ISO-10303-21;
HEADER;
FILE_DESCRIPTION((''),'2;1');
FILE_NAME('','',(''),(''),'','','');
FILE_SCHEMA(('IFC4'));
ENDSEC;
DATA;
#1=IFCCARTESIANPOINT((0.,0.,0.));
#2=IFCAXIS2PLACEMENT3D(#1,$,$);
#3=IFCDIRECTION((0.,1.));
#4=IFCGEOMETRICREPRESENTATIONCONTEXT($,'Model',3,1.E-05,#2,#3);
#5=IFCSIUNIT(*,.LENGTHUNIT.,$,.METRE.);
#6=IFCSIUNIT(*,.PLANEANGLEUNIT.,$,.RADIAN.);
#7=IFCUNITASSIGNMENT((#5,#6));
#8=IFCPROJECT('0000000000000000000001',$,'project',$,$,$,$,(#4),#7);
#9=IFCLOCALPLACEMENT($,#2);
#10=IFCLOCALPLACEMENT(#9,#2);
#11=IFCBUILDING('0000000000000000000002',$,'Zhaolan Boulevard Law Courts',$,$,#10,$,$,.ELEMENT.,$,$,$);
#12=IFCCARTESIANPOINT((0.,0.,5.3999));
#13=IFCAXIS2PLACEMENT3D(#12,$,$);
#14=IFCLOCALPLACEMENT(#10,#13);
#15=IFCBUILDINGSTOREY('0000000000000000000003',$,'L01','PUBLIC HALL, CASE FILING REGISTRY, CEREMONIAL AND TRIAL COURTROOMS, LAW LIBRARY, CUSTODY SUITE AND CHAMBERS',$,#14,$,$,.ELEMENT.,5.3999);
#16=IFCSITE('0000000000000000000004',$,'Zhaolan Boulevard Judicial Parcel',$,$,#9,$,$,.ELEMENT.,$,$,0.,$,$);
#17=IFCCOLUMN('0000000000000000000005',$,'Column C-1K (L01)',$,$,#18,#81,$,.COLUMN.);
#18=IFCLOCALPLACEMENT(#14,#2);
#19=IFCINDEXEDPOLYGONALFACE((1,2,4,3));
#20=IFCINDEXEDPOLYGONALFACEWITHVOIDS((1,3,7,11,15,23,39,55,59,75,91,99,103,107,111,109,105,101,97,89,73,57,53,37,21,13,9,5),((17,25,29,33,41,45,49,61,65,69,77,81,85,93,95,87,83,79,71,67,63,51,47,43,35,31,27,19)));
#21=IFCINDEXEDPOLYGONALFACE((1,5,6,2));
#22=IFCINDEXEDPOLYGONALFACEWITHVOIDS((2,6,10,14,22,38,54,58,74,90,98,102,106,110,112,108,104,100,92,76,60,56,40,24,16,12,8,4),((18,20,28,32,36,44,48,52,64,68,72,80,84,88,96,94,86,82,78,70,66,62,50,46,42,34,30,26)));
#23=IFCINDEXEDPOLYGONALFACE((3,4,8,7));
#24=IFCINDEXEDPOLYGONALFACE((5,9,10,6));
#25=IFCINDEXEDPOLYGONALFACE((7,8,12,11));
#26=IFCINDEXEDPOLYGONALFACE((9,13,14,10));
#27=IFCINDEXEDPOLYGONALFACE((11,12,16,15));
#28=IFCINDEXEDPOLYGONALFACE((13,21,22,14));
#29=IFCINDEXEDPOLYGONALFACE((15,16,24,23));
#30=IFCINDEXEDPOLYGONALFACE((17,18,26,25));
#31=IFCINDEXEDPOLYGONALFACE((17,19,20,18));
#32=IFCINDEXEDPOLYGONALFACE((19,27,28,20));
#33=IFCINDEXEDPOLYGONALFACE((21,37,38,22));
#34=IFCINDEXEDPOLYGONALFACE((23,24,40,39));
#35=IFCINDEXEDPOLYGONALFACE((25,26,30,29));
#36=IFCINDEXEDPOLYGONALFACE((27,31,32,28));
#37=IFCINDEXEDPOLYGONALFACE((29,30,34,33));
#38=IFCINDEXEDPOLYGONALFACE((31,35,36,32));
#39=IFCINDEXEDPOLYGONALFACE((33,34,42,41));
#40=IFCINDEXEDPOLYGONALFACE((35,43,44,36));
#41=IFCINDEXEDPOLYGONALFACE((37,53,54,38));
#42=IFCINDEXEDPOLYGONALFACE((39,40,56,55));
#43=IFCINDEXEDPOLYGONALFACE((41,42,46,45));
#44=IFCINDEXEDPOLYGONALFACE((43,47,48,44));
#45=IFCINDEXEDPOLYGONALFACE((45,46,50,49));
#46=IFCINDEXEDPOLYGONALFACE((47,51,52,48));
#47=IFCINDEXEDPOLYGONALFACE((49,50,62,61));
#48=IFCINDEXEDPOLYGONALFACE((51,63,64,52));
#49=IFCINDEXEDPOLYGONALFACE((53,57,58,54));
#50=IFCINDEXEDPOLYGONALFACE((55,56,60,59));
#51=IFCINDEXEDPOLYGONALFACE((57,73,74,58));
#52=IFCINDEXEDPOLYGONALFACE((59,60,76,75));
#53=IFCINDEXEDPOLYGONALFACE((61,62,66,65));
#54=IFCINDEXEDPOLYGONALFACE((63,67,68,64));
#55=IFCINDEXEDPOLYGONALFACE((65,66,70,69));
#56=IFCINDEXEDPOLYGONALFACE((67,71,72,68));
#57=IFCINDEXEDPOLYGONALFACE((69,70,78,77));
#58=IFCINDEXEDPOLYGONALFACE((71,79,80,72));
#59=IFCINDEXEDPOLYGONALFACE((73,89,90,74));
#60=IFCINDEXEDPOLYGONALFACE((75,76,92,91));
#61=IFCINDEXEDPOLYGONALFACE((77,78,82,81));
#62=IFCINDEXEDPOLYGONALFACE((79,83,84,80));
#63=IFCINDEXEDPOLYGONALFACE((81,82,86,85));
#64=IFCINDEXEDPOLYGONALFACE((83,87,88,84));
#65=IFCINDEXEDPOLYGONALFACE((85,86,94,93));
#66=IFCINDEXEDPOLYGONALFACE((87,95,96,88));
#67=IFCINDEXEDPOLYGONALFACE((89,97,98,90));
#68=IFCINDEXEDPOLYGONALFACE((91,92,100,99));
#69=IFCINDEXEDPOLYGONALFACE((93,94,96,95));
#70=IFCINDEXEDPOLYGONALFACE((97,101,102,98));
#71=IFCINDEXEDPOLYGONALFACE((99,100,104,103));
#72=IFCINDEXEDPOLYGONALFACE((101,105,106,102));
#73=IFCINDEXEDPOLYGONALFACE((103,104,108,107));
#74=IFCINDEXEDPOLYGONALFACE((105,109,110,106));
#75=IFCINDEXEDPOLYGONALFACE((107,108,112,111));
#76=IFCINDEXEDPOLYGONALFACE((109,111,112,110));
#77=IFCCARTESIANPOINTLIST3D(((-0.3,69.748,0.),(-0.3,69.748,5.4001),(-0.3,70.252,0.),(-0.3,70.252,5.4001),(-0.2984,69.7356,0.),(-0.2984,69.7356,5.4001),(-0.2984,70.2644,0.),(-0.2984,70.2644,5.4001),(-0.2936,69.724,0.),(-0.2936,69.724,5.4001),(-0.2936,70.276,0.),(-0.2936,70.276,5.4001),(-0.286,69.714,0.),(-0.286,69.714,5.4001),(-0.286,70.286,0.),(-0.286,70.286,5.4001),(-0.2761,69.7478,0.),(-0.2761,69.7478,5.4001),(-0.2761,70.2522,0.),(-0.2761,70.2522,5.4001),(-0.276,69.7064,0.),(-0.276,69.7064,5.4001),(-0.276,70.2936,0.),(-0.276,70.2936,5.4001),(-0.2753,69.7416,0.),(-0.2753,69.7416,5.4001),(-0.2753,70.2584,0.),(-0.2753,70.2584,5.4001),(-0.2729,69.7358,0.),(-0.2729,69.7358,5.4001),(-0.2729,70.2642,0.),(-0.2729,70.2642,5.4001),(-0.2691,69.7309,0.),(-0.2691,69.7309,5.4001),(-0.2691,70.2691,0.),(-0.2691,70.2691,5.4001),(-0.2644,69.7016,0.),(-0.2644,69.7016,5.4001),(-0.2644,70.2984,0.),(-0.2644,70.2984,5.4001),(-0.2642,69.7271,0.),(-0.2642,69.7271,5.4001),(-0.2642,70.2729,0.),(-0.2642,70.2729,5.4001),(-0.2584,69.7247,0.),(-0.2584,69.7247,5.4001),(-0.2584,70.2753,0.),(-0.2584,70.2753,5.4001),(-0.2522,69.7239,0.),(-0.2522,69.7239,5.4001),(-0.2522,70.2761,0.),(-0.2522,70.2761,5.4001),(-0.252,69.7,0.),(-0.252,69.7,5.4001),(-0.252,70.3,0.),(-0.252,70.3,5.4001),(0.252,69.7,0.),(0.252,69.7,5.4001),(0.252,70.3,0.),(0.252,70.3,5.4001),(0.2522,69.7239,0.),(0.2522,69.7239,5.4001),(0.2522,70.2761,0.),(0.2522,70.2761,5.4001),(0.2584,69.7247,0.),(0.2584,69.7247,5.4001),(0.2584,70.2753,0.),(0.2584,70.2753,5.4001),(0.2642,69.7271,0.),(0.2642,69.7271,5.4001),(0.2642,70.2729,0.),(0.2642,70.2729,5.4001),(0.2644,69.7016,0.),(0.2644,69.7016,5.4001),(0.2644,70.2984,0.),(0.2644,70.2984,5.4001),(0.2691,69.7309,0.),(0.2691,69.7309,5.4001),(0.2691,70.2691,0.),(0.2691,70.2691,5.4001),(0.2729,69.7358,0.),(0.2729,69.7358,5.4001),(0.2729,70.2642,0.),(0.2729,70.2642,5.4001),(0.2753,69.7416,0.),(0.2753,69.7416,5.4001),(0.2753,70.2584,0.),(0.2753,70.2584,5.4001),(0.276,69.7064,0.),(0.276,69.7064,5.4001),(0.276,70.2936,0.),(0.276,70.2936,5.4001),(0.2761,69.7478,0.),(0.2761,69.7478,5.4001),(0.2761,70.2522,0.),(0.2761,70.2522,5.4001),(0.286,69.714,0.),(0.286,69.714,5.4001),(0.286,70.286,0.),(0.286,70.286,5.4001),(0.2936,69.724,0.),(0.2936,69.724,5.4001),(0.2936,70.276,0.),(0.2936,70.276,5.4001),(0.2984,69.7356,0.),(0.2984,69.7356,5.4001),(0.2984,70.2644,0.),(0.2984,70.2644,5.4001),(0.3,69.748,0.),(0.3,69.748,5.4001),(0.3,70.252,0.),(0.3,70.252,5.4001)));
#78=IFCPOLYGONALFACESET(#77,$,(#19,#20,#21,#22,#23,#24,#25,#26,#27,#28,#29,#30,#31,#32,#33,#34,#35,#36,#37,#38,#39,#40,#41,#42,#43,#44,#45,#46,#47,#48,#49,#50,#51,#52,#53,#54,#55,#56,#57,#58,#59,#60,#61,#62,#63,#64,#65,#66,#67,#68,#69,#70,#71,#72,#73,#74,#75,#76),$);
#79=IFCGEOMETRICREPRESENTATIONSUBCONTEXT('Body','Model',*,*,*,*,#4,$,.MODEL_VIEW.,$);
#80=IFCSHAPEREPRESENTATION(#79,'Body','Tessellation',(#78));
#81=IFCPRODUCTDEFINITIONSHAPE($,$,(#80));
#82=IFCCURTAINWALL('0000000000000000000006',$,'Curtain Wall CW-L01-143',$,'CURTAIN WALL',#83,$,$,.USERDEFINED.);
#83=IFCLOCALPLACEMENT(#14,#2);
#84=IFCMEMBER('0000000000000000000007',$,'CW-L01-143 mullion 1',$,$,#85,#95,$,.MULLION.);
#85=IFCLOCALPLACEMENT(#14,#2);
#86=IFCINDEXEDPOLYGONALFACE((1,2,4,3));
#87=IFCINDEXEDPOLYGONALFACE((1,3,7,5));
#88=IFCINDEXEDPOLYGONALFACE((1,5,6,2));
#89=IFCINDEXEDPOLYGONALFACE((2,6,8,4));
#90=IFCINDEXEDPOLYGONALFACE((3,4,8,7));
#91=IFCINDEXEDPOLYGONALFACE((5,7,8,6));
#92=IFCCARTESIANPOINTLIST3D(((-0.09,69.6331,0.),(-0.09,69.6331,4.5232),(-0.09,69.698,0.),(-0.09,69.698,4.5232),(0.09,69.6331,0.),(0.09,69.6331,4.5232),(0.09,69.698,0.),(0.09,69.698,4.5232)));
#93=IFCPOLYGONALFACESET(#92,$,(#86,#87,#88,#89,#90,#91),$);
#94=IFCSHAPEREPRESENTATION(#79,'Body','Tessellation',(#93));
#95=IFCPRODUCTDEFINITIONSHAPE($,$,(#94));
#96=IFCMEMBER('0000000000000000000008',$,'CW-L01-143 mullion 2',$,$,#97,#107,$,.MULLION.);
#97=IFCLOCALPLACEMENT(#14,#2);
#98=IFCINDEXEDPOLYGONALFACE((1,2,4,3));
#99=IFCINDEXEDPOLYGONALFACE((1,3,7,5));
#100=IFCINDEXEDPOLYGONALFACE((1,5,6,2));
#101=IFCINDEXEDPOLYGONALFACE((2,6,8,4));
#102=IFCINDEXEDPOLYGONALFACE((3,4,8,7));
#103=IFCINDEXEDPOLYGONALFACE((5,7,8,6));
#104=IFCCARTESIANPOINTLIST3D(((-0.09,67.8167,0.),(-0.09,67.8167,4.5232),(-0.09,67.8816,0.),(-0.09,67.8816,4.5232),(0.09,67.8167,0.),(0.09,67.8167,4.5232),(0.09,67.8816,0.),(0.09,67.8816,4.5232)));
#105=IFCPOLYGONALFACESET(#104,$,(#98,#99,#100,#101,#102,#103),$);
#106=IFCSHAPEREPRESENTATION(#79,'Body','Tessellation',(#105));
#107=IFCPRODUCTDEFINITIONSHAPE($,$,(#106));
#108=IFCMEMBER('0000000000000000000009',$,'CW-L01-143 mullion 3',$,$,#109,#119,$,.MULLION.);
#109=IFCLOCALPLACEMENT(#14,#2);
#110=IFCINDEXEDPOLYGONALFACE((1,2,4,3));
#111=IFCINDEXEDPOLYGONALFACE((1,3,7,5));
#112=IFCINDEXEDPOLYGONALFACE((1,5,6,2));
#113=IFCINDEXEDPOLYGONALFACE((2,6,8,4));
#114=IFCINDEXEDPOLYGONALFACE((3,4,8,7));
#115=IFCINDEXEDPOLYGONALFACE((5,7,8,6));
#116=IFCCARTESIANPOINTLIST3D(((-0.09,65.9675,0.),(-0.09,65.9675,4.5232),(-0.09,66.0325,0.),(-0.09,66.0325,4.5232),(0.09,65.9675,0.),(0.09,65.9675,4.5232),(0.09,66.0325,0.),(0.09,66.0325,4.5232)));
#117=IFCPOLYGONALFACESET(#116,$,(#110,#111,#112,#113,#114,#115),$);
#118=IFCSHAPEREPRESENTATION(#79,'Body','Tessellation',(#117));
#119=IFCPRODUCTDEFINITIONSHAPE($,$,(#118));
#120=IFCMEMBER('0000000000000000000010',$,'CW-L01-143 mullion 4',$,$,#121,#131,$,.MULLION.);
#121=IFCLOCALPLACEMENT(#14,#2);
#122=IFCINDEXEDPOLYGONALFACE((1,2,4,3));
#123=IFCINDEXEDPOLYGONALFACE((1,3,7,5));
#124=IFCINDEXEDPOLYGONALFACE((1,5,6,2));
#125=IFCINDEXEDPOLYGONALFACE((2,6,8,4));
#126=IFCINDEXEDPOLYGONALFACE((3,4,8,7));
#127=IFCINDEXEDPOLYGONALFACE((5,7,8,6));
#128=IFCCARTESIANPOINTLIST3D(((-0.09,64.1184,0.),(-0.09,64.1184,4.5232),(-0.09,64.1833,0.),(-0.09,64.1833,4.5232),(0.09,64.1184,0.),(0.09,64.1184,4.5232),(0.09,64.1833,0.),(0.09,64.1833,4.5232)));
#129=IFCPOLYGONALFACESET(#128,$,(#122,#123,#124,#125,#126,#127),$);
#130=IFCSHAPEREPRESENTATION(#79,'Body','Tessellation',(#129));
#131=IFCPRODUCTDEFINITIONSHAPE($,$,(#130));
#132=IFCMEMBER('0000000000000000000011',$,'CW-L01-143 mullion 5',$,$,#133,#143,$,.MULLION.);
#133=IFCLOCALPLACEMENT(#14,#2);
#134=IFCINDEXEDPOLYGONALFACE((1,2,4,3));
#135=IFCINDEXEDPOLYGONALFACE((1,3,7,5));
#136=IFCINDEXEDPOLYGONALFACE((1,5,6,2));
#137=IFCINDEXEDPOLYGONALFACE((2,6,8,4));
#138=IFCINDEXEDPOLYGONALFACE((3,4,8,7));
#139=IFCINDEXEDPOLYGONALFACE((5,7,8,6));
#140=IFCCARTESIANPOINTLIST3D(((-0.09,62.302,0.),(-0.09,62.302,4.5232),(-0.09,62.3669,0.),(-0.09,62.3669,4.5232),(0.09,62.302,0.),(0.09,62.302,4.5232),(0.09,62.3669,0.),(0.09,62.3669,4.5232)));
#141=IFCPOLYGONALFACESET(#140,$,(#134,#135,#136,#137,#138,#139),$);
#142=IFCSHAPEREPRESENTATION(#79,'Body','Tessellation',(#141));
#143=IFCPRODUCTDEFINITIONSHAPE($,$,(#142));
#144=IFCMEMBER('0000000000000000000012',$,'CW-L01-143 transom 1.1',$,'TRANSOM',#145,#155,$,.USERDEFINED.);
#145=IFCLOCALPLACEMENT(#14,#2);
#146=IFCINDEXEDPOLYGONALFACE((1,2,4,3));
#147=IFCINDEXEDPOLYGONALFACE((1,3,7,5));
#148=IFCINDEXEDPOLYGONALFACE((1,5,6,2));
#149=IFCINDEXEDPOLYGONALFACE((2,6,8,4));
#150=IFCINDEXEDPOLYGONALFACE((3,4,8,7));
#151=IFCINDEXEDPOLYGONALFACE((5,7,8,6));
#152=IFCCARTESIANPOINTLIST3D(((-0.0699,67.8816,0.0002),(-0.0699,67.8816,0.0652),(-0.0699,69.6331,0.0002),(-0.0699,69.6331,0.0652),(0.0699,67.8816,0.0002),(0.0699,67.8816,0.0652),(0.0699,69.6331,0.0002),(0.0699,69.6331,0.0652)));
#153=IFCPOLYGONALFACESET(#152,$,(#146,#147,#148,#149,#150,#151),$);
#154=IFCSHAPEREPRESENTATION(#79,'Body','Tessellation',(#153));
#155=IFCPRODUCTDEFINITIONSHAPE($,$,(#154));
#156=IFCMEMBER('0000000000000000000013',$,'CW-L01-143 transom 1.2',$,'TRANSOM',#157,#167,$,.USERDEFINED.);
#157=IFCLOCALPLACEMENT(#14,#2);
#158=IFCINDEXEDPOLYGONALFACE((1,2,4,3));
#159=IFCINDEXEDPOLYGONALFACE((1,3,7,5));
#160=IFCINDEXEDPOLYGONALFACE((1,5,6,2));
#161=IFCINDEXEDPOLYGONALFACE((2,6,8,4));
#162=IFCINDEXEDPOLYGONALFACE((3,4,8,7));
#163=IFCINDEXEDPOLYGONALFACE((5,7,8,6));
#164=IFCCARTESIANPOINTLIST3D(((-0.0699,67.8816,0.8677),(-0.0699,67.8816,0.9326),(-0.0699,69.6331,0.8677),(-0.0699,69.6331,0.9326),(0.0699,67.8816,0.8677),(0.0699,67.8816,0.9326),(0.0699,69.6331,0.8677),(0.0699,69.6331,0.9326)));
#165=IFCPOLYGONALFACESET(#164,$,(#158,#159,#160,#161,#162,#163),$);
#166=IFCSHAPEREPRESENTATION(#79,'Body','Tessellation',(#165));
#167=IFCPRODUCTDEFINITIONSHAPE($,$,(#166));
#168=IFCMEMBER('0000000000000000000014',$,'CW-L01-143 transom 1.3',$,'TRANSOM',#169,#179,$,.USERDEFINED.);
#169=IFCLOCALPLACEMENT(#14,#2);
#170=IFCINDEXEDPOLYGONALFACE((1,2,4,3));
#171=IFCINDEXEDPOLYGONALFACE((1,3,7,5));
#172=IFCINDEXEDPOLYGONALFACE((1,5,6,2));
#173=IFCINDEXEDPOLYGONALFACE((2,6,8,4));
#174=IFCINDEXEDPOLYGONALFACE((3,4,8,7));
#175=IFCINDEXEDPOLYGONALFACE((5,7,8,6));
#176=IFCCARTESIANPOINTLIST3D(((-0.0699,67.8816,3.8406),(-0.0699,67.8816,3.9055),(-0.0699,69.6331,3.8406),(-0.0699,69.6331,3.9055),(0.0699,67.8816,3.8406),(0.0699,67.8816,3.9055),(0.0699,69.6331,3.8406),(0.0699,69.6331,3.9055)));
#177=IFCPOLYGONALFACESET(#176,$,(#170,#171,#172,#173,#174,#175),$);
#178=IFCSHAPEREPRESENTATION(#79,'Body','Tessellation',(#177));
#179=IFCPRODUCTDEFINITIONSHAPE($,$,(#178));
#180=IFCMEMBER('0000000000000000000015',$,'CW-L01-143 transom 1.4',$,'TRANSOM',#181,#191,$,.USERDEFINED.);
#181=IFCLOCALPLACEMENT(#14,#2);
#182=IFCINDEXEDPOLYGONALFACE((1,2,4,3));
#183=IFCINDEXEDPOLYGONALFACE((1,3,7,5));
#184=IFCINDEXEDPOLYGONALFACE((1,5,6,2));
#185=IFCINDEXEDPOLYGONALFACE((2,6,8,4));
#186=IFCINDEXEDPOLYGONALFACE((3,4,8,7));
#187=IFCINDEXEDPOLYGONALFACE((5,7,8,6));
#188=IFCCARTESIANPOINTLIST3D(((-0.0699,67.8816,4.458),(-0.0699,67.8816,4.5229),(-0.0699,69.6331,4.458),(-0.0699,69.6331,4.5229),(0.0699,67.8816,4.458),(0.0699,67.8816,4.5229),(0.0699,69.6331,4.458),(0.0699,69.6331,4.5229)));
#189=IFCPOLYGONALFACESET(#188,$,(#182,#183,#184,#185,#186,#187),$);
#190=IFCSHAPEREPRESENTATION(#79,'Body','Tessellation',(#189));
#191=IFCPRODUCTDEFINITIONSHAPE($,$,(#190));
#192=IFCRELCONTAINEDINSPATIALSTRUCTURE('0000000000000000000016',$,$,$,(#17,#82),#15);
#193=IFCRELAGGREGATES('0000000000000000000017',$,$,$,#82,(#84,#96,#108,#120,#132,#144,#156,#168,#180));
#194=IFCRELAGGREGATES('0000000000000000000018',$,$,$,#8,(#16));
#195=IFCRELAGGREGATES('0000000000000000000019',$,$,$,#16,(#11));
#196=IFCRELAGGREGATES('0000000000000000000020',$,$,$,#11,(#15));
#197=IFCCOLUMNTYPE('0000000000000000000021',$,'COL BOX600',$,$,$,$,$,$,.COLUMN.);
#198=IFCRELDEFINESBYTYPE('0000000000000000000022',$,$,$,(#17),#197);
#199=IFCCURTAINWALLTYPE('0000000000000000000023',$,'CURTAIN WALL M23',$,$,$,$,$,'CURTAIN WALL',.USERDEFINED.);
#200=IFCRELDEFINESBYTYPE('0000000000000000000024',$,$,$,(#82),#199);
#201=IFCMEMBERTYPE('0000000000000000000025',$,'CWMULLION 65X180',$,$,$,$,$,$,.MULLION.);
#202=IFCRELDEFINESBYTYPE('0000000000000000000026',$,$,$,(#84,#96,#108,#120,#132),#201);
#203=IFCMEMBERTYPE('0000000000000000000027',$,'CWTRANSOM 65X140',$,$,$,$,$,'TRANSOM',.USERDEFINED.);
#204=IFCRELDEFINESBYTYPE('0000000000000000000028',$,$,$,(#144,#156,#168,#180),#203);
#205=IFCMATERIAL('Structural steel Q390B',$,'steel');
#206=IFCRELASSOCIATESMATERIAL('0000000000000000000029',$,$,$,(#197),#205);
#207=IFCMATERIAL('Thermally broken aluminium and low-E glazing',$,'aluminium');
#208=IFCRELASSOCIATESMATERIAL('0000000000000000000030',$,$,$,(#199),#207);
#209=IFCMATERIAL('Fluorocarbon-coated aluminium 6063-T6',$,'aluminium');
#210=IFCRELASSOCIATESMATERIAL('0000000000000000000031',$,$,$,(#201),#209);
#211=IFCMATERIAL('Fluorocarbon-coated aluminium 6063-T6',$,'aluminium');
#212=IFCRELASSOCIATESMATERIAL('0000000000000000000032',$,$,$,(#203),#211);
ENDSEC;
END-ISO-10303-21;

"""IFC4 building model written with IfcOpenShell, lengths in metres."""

from ifc_helpers import new_model, si_unit, direction, frame, origin, origin_2d, place, context, subcontext, project, spatial, rectangle, hollow_rectangle, extrude, material, material_profile, profile_set, type_object, element, aggregate, save


model = new_model("IFC4")

# Units and contexts
model_context = context("Model", 3, precision=1e-05, world=origin(), true_north=direction((0.0, 1.0)))
body_context = subcontext(model_context, "Body", "Model", "MODEL_VIEW")
ifc_project = project(units=[si_unit("LENGTHUNIT", "METRE"), si_unit("PLANEANGLEUNIT", "RADIAN")], contexts=[model_context])

# Site, building, storey
site_placement = place(None, origin())
site = spatial("IfcSite", under=ifc_project, at=site_placement, Name="Zhaolan Boulevard Judicial Parcel", CompositionType="ELEMENT", RefElevation=0.0)
building_placement = place(site_placement, origin())
building = spatial("IfcBuilding", under=site, at=building_placement, Name="Zhaolan Boulevard Law Courts", CompositionType="ELEMENT")
storey_placement = place(building_placement, frame((0.0, 0.0, 5.3999)))
storey = spatial("IfcBuildingStorey", under=building, at=storey_placement, Name="L01", Description="PUBLIC HALL, CASE FILING REGISTRY, CEREMONIAL AND TRIAL COURTROOMS, LAW LIBRARY, CUSTODY SUITE AND CHAMBERS", CompositionType="ELEMENT", Elevation=5.3999)

# Column
ifc_material_1 = material(Name="Structural steel Q390B", Category="steel")
ifc_material_profile_1 = material_profile(ifc_material_1, hollow_rectangle(XDim=0.6001, YDim=0.6001, WallThickness=0.0239, InnerFilletRadius=0.0239, OuterFilletRadius=0.0481, at=origin_2d()), Name="BOX600x600x24")
ifc_profile_set_1 = profile_set([ifc_material_profile_1], Name="Structural steel Q390B")
column_type = type_object("IfcColumnType", Name="COL BOX600", PredefinedType="COLUMN", material=ifc_profile_set_1)
column_placement = place(storey_placement, frame((0.0, 70.0, 0.0), z_axis=(0.0, 0.0, 1.0), x_axis=(1.0, 0.0, 0.0)))
element("IfcColumn", 1, at=column_placement, inside=storey, type_object=column_type, Name="Column C-1K (L01)", PredefinedType="COLUMN", context=body_context, shape_type="SweptSolid", body=[
    extrude(hollow_rectangle(XDim=0.6001, YDim=0.6001, WallThickness=0.0239, InnerFilletRadius=0.0239, OuterFilletRadius=0.0481, at=origin_2d()), origin(), (0.0, 0.0, 1.0), 5.4001),
])

# Curtain wall, members
ifc_material_2 = material(Name="Thermally broken aluminium and low-E glazing", Category="aluminium")
curtain_wall_type = type_object("IfcCurtainWallType", Name="CURTAIN WALL M23", ElementType="CURTAIN WALL", PredefinedType="USERDEFINED", material=ifc_material_2)
curtain_wall_placement = place(storey_placement, origin())
curtain_wall = element("IfcCurtainWall", 2, at=curtain_wall_placement, inside=storey, type_object=curtain_wall_type, Name="Curtain Wall CW-L01-143", ObjectType="CURTAIN WALL", PredefinedType="USERDEFINED")
ifc_material_3 = material(Name="Fluorocarbon-coated aluminium 6063-T6", Category="aluminium")
ifc_material_profile_2 = material_profile(ifc_material_3, rectangle(XDim=0.1799, YDim=0.0649, at=origin_2d()), Name="AL65x180")
ifc_profile_set_2 = profile_set([ifc_material_profile_2], Name="Fluorocarbon-coated aluminium 6063-T6")
member_type_1 = type_object("IfcMemberType", Name="CWMULLION 65X180", PredefinedType="MULLION", material=ifc_profile_set_2)
member_1_placement = place(storey_placement, frame((0.0, 69.6655, 0.0), z_axis=(0.0, 0.0, 1.0), x_axis=(1.0, 0.0, 0.0)))
member_1 = element("IfcMember", 3, at=member_1_placement, type_object=member_type_1, Name="CW-L01-143 mullion 1", PredefinedType="MULLION", context=body_context, shape_type="SweptSolid", body=[
    extrude(rectangle(XDim=0.1799, YDim=0.0649, at=origin_2d()), origin(), (0.0, 0.0, 1.0), 4.5232),
])
member_2_placement = place(storey_placement, frame((0.0, 67.8491, 0.0), z_axis=(0.0, 0.0, 1.0), x_axis=(1.0, 0.0, 0.0)))
member_2 = element("IfcMember", 4, at=member_2_placement, type_object=member_type_1, Name="CW-L01-143 mullion 2", PredefinedType="MULLION", context=body_context, shape_type="SweptSolid", body=[
    extrude(rectangle(XDim=0.1799, YDim=0.0649, at=origin_2d()), origin(), (0.0, 0.0, 1.0), 4.5232),
])
member_3_placement = place(storey_placement, frame((0.0, 66.0, 0.0), z_axis=(0.0, 0.0, 1.0), x_axis=(1.0, 0.0, 0.0)))
member_3 = element("IfcMember", 5, at=member_3_placement, type_object=member_type_1, Name="CW-L01-143 mullion 3", PredefinedType="MULLION", context=body_context, shape_type="SweptSolid", body=[
    extrude(rectangle(XDim=0.1799, YDim=0.0649, at=origin_2d()), origin(), (0.0, 0.0, 1.0), 4.5232),
])
member_4_placement = place(storey_placement, frame((0.0, 64.1509, 0.0), z_axis=(0.0, 0.0, 1.0), x_axis=(1.0, 0.0, 0.0)))
member_4 = element("IfcMember", 6, at=member_4_placement, type_object=member_type_1, Name="CW-L01-143 mullion 4", PredefinedType="MULLION", context=body_context, shape_type="SweptSolid", body=[
    extrude(rectangle(XDim=0.1799, YDim=0.0649, at=origin_2d()), origin(), (0.0, 0.0, 1.0), 4.5232),
])
member_5_placement = place(storey_placement, frame((0.0, 62.3345, 0.0), z_axis=(0.0, 0.0, 1.0), x_axis=(1.0, 0.0, 0.0)))
member_5 = element("IfcMember", 7, at=member_5_placement, type_object=member_type_1, Name="CW-L01-143 mullion 5", PredefinedType="MULLION", context=body_context, shape_type="SweptSolid", body=[
    extrude(rectangle(XDim=0.1799, YDim=0.0649, at=origin_2d()), origin(), (0.0, 0.0, 1.0), 4.5232),
])
ifc_material_4 = material(Name="Fluorocarbon-coated aluminium 6063-T6", Category="aluminium")
ifc_material_profile_3 = material_profile(ifc_material_4, rectangle(XDim=0.1399, YDim=0.0649, at=origin_2d()), Name="AL65x140")
ifc_profile_set_3 = profile_set([ifc_material_profile_3], Name="Fluorocarbon-coated aluminium 6063-T6")
member_type_2 = type_object("IfcMemberType", Name="CWTRANSOM 65X140", ElementType="TRANSOM", PredefinedType="USERDEFINED", material=ifc_profile_set_3)
member_6_placement = place(storey_placement, frame((0.0, 69.6331, 0.0327), z_axis=(0.0, -1.0, 0.0), x_axis=(1.0, 0.0, 0.0)))
member_6 = element("IfcMember", 8, at=member_6_placement, type_object=member_type_2, Name="CW-L01-143 transom 1.1", ObjectType="TRANSOM", PredefinedType="USERDEFINED", context=body_context, shape_type="SweptSolid", body=[
    extrude(rectangle(XDim=0.1399, YDim=0.0649, at=origin_2d()), origin(), (0.0, 0.0, 1.0), 1.7515),
])
member_7_placement = place(storey_placement, frame((0.0, 69.6331, 0.9001), z_axis=(0.0, -1.0, 0.0), x_axis=(1.0, 0.0, 0.0)))
member_7 = element("IfcMember", 9, at=member_7_placement, type_object=member_type_2, Name="CW-L01-143 transom 1.2", ObjectType="TRANSOM", PredefinedType="USERDEFINED", context=body_context, shape_type="SweptSolid", body=[
    extrude(rectangle(XDim=0.1399, YDim=0.0649, at=origin_2d()), origin(), (0.0, 0.0, 1.0), 1.7515),
])
member_8_placement = place(storey_placement, frame((0.0, 69.6331, 3.873), z_axis=(0.0, -1.0, 0.0), x_axis=(1.0, 0.0, 0.0)))
member_8 = element("IfcMember", 10, at=member_8_placement, type_object=member_type_2, Name="CW-L01-143 transom 1.3", ObjectType="TRANSOM", PredefinedType="USERDEFINED", context=body_context, shape_type="SweptSolid", body=[
    extrude(rectangle(XDim=0.1399, YDim=0.0649, at=origin_2d()), origin(), (0.0, 0.0, 1.0), 1.7515),
])
member_9_placement = place(storey_placement, frame((0.0, 69.6331, 4.4905), z_axis=(0.0, -1.0, 0.0), x_axis=(1.0, 0.0, 0.0)))
member_9 = element("IfcMember", 11, at=member_9_placement, type_object=member_type_2, Name="CW-L01-143 transom 1.4", ObjectType="TRANSOM", PredefinedType="USERDEFINED", context=body_context, shape_type="SweptSolid", body=[
    extrude(rectangle(XDim=0.1399, YDim=0.0649, at=origin_2d()), origin(), (0.0, 0.0, 1.0), 1.7515),
])

aggregate(curtain_wall, [member_1, member_2, member_3, member_4, member_5, member_6, member_7, member_8, member_9])

save(model, "model.ifc")
